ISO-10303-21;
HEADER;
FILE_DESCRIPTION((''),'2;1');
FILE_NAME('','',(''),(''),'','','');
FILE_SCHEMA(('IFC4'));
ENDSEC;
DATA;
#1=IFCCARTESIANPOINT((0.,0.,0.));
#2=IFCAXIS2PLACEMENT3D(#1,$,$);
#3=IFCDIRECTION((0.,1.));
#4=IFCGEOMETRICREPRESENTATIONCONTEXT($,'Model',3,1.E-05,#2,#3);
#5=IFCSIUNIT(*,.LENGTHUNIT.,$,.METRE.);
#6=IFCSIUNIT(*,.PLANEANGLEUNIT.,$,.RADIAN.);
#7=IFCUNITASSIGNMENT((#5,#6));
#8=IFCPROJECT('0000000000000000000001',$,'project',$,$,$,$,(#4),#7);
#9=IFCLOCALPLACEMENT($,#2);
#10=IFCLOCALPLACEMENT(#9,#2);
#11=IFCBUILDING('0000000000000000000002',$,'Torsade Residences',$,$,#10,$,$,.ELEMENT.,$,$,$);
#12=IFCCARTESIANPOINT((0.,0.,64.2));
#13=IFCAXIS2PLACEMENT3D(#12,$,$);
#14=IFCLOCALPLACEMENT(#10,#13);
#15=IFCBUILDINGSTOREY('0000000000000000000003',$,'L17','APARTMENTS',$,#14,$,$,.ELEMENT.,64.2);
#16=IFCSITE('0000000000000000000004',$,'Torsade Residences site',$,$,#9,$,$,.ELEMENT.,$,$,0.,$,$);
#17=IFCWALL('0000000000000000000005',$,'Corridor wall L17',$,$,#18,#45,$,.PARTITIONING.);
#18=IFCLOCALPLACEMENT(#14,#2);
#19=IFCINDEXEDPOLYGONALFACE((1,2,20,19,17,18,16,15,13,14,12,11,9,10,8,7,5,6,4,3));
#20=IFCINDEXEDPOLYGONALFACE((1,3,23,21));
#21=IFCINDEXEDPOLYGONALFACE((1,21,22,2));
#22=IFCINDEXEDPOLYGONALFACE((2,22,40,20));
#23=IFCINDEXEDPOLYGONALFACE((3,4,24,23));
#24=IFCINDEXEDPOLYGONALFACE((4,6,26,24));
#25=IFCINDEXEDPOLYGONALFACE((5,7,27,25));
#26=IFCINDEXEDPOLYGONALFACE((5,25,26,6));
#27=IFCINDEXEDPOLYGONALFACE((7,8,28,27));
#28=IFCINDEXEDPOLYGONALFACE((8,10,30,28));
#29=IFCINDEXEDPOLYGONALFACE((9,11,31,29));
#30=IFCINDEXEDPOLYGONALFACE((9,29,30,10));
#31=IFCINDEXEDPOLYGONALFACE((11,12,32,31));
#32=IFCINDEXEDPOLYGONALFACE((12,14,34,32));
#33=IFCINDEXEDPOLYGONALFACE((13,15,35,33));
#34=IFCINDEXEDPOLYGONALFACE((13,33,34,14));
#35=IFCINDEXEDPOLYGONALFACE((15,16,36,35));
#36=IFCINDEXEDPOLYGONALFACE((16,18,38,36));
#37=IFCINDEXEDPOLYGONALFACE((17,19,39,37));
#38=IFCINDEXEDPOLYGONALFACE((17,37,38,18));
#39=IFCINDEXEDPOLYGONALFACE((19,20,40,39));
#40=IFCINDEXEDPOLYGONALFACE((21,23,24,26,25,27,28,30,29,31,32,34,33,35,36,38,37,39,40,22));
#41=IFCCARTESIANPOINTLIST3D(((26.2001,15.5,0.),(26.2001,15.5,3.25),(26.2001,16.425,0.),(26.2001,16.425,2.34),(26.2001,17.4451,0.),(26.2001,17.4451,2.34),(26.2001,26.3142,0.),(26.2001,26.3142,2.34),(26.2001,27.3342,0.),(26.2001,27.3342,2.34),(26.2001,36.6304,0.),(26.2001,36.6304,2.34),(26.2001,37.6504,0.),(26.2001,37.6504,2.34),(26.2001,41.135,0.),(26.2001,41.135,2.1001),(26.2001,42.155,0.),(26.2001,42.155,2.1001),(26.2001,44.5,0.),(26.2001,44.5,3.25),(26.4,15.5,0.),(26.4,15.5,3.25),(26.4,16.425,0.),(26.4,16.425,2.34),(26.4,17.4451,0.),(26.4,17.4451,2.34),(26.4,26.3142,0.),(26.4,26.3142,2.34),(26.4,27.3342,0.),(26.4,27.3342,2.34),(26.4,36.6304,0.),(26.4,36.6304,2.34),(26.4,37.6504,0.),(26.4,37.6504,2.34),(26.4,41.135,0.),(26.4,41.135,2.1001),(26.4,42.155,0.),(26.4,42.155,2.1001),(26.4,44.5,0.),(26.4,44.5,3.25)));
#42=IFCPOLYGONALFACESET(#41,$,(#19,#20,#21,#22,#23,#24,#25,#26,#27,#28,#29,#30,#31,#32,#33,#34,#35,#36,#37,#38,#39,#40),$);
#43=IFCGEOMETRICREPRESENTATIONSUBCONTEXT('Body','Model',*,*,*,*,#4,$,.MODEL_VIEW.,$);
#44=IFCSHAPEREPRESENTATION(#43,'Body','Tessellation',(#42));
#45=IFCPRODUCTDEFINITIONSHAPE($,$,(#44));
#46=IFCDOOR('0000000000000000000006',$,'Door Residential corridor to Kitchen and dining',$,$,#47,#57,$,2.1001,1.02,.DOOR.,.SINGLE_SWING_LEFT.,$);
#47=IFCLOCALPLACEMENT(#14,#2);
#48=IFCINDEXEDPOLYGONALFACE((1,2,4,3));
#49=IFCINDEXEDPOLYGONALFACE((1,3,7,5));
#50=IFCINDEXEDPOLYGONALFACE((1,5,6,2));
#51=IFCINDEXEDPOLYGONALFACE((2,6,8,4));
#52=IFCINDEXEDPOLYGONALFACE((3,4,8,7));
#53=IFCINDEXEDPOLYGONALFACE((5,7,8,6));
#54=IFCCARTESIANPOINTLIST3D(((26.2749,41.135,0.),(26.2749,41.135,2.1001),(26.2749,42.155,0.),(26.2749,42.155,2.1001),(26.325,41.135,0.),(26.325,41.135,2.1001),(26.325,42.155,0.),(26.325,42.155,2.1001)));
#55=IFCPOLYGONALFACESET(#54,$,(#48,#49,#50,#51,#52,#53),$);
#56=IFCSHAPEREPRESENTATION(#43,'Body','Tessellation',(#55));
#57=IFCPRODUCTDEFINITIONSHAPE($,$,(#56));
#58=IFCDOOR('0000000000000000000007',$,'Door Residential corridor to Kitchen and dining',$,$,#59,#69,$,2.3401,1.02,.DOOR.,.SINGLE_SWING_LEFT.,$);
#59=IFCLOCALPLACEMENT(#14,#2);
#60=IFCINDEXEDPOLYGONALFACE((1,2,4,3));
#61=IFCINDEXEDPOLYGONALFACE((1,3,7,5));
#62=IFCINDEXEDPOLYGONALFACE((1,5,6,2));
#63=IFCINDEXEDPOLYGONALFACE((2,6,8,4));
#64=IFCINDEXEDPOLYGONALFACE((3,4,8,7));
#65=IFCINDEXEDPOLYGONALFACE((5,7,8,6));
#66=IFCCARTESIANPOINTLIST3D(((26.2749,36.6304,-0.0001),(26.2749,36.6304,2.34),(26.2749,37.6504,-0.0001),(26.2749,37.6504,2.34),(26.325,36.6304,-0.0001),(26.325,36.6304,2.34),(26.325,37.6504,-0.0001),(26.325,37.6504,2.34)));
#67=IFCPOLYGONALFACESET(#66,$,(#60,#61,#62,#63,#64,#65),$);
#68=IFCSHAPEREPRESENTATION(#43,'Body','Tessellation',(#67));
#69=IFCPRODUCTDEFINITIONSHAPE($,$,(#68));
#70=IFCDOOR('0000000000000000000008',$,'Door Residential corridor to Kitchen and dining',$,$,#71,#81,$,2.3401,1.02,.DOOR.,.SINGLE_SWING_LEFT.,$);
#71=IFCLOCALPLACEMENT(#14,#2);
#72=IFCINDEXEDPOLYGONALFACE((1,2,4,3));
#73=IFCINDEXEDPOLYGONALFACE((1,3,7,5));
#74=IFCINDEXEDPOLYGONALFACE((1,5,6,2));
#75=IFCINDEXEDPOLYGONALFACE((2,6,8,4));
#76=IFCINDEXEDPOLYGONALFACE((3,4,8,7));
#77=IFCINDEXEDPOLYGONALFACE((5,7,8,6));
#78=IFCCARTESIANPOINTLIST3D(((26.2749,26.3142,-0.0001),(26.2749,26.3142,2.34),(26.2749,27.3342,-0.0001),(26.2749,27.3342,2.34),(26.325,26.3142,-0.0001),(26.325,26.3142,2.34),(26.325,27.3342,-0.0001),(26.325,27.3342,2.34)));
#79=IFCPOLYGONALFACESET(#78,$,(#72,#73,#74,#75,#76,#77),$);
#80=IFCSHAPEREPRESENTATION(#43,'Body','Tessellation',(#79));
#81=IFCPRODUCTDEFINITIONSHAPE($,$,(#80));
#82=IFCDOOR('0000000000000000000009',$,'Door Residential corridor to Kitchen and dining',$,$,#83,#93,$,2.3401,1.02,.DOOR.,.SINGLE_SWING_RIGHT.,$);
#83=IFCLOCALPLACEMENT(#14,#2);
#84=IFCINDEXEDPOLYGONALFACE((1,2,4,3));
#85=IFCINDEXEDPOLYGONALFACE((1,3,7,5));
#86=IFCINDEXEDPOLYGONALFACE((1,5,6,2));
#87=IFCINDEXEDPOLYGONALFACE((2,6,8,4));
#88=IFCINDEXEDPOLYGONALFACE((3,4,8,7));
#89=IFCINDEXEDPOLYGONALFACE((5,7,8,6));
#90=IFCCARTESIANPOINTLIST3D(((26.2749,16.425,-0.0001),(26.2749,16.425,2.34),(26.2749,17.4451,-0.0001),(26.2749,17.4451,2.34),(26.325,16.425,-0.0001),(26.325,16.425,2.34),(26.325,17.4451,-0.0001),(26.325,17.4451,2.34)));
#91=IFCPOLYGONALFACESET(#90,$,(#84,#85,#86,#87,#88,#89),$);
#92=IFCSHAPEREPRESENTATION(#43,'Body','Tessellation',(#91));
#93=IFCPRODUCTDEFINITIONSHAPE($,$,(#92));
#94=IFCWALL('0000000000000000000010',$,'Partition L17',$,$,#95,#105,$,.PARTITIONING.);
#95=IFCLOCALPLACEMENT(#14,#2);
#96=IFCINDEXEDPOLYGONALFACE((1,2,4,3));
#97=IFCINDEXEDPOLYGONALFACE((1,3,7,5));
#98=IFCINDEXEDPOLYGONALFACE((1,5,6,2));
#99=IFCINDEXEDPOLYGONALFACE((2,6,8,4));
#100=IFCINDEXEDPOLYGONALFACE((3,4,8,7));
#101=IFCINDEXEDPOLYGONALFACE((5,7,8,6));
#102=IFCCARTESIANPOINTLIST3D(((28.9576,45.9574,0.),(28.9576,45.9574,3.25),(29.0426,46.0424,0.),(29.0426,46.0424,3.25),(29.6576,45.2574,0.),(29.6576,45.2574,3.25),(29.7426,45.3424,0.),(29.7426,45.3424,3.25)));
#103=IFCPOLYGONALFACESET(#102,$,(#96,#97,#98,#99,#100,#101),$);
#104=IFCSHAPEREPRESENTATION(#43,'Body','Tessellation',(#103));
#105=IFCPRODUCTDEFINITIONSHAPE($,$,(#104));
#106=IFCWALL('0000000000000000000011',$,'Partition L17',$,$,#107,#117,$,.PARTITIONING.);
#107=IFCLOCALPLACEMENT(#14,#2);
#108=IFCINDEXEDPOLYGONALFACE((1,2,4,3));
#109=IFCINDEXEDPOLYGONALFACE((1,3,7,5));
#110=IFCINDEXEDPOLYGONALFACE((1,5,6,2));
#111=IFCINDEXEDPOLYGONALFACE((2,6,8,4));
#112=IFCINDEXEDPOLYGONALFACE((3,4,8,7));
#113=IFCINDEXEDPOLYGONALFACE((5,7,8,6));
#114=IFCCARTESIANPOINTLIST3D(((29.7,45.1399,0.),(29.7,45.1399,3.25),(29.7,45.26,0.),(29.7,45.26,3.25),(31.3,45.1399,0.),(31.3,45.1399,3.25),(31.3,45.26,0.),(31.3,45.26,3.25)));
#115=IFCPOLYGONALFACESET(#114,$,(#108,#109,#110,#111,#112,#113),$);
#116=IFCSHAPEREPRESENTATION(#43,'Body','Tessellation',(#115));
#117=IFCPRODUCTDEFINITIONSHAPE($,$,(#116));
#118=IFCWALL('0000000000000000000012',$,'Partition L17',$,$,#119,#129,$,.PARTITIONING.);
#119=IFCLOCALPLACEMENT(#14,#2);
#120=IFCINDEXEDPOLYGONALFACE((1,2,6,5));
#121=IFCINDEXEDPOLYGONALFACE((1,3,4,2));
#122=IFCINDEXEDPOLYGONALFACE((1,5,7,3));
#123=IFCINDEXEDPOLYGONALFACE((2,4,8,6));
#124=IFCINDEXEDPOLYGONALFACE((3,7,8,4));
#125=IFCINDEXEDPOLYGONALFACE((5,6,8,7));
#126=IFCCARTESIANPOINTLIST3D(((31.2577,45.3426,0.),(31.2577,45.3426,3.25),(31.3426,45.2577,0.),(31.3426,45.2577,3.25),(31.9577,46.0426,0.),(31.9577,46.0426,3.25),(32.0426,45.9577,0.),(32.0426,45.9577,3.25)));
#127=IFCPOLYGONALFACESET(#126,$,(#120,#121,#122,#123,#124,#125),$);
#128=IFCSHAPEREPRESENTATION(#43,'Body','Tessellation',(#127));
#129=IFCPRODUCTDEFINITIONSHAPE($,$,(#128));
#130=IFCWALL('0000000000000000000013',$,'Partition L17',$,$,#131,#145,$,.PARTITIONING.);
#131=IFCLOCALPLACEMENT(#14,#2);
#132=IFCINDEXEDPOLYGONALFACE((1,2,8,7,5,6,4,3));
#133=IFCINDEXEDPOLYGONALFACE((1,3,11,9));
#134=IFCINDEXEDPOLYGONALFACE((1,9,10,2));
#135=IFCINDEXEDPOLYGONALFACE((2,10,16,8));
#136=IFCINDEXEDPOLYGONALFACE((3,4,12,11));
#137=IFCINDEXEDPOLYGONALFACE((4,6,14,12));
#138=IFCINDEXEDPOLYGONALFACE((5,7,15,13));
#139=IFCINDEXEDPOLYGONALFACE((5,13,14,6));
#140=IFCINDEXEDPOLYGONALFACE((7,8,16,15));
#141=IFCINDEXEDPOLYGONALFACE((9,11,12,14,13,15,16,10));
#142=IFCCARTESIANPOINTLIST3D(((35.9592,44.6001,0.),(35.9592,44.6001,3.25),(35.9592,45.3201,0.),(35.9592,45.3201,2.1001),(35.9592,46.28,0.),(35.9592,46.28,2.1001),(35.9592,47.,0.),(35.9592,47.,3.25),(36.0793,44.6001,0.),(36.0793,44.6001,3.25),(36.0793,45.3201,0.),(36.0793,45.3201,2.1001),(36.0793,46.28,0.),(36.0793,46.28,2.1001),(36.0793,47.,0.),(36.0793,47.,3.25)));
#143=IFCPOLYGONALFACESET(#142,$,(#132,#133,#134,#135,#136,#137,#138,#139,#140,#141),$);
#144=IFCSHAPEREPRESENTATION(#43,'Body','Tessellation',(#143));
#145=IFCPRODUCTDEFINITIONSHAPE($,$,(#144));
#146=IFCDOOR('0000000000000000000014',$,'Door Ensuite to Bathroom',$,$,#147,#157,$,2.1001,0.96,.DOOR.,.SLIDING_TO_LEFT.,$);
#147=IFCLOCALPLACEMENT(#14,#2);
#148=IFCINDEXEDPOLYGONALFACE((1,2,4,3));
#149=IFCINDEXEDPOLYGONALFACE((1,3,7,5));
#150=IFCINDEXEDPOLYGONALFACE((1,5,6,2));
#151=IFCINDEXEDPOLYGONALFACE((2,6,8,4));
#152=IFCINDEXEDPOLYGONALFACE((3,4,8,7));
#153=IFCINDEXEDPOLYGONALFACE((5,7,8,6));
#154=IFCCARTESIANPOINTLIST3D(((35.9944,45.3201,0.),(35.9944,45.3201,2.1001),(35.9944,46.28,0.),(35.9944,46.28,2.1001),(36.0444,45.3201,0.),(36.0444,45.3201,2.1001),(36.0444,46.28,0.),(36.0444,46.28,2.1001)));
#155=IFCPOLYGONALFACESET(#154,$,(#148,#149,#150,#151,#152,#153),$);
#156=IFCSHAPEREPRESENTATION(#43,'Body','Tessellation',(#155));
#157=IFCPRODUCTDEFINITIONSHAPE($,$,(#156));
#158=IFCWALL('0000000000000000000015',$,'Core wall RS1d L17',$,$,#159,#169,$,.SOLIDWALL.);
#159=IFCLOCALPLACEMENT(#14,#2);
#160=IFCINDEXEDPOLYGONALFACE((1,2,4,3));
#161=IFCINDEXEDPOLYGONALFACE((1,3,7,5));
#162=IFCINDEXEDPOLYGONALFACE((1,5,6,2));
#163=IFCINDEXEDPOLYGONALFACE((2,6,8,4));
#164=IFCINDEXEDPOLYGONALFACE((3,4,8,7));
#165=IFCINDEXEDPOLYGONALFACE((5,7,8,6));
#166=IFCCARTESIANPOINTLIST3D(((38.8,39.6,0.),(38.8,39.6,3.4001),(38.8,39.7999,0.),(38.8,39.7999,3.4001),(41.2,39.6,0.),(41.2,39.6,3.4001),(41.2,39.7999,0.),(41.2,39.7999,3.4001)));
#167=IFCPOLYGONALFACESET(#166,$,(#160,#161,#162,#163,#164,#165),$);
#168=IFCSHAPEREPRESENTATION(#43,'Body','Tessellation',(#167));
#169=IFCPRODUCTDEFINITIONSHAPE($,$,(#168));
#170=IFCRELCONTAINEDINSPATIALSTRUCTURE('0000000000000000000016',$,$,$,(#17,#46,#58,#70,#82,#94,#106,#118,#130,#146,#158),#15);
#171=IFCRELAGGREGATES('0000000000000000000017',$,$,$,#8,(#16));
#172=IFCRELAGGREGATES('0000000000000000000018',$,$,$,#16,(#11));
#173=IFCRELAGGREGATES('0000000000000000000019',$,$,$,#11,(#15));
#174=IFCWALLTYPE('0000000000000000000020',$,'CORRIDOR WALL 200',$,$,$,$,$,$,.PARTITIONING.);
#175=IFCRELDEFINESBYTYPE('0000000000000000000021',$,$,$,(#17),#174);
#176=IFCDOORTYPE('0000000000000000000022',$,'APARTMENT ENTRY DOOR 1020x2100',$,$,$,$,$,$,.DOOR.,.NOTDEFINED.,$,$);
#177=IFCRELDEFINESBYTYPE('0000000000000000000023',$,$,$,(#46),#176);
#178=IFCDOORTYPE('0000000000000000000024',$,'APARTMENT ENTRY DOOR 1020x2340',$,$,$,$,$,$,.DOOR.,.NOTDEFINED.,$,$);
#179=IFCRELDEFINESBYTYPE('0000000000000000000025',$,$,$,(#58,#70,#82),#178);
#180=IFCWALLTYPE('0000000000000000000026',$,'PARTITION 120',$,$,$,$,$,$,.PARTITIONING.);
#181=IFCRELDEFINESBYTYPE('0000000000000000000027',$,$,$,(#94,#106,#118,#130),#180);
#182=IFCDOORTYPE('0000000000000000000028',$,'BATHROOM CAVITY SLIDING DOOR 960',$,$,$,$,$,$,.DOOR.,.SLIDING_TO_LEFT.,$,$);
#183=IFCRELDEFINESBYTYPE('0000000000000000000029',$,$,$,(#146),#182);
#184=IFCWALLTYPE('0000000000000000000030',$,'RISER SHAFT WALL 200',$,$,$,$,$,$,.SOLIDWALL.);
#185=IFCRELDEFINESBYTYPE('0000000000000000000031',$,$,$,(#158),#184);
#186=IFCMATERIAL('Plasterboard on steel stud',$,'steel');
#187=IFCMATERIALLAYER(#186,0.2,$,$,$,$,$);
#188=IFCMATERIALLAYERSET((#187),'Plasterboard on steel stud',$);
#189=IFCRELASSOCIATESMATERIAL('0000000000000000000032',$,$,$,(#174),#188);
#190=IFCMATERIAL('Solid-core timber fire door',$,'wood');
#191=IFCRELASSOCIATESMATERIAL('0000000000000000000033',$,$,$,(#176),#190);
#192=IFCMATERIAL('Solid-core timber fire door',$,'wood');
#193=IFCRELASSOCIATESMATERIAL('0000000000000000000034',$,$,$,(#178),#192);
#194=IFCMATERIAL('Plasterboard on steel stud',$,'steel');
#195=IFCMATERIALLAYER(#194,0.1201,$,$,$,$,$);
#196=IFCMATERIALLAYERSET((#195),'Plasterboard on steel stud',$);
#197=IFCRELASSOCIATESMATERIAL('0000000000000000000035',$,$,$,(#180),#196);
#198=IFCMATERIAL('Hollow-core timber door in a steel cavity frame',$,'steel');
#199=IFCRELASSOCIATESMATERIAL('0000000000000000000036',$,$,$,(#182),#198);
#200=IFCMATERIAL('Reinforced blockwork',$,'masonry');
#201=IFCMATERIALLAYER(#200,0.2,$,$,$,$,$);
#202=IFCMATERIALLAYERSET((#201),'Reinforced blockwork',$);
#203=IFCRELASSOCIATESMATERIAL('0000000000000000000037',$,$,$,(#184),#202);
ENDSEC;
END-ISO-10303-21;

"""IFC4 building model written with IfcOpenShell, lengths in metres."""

from ifc_helpers import new_model, si_unit, direction, frame, frame_2d, origin, place, context, subcontext, project, spatial, rectangle, extrude, material, layer, layer_set, type_object, element, fill, save


model = new_model("IFC4")

# Units and contexts
model_context = context("Model", 3, precision=1e-05, world=origin(), true_north=direction((0.0, 1.0)))
body_context = subcontext(model_context, "Body", "Model", "MODEL_VIEW")
ifc_project = project(units=[si_unit("LENGTHUNIT", "METRE"), si_unit("PLANEANGLEUNIT", "RADIAN")], contexts=[model_context])

# Site, building, storey
site_placement = place(None, origin())
site = spatial("IfcSite", under=ifc_project, at=site_placement, Name="Torsade Residences site", CompositionType="ELEMENT", RefElevation=0.0)
building_placement = place(site_placement, origin())
building = spatial("IfcBuilding", under=site, at=building_placement, Name="Torsade Residences", CompositionType="ELEMENT")
storey_placement = place(building_placement, frame((0.0, 0.0, 64.2)))
storey = spatial("IfcBuildingStorey", under=building, at=storey_placement, Name="L17", Description="APARTMENTS", CompositionType="ELEMENT", Elevation=64.2)

# Wall, openings, doors
ifc_material_1 = material(Name="Plasterboard on steel stud", Category="steel")
ifc_layer_1 = layer(ifc_material_1, 0.2)
ifc_layer_set_1 = layer_set([ifc_layer_1], Name="Plasterboard on steel stud")
wall_type_1 = type_object("IfcWallType", Name="CORRIDOR WALL 200", PredefinedType="PARTITIONING", material=ifc_layer_set_1)
wall_1_placement = place(storey_placement, frame((26.3, 44.5, 0.0), z_axis=(0.0, 0.0, 1.0), x_axis=(0.0, -1.0, 0.0)))
wall_1 = element("IfcWall", 1, at=wall_1_placement, inside=storey, type_object=wall_type_1, Name="Corridor wall L17", PredefinedType="PARTITIONING", context=body_context, shape_type="SweptSolid", body=[
    extrude(rectangle(XDim=29.0, YDim=0.2, at=frame_2d((14.5, 0.0))), origin(), (0.0, 0.0, 1.0), 3.25),
])
opening_1_placement = place(wall_1_placement, frame((6.8496, 0.0, 0.0)))
opening_1 = element("IfcOpeningElement", 2, at=opening_1_placement, cuts=wall_1, PredefinedType="OPENING", context=body_context, shape_type="SweptSolid", body=[
    extrude(rectangle(XDim=1.02, YDim=2.3401, at=frame_2d((0.51, 1.1699))), frame((0.0, 0.1099, 0.0), z_axis=(0.0, -1.0, 0.0), x_axis=(1.0, 0.0, 0.0)), (0.0, 0.0, 1.0), 0.22),
])
opening_2_placement = place(wall_1_placement, frame((2.345, 0.0, 0.0)))
opening_2 = element("IfcOpeningElement", 3, at=opening_2_placement, cuts=wall_1, PredefinedType="OPENING", context=body_context, shape_type="SweptSolid", body=[
    extrude(rectangle(XDim=1.02, YDim=2.1001, at=frame_2d((0.51, 1.05))), frame((0.0, 0.1099, 0.0), z_axis=(0.0, -1.0, 0.0), x_axis=(1.0, 0.0, 0.0)), (0.0, 0.0, 1.0), 0.22),
])
opening_3_placement = place(wall_1_placement, frame((17.1658, 0.0, 0.0)))
opening_3 = element("IfcOpeningElement", 4, at=opening_3_placement, cuts=wall_1, PredefinedType="OPENING", context=body_context, shape_type="SweptSolid", body=[
    extrude(rectangle(XDim=1.02, YDim=2.3401, at=frame_2d((0.51, 1.1699))), frame((0.0, 0.1099, 0.0), z_axis=(0.0, -1.0, 0.0), x_axis=(1.0, 0.0, 0.0)), (0.0, 0.0, 1.0), 0.22),
])
opening_4_placement = place(wall_1_placement, frame((27.0549, 0.0, 0.0)))
opening_4 = element("IfcOpeningElement", 5, at=opening_4_placement, cuts=wall_1, PredefinedType="OPENING", context=body_context, shape_type="SweptSolid", body=[
    extrude(rectangle(XDim=1.02, YDim=2.3401, at=frame_2d((0.51, 1.1699))), frame((0.0, 0.1099, 0.0), z_axis=(0.0, -1.0, 0.0), x_axis=(1.0, 0.0, 0.0)), (0.0, 0.0, 1.0), 0.22),
])
ifc_material_2 = material(Name="Solid-core timber fire door", Category="wood")
door_type_1 = type_object("IfcDoorType", Name="APARTMENT ENTRY DOOR 1020x2100", OperationType="NOTDEFINED", PredefinedType="DOOR", material=ifc_material_2)
door_1_placement = place(opening_2_placement, origin())
door_1 = element("IfcDoor", 6, at=door_1_placement, inside=storey, type_object=door_type_1, Name="Door Residential corridor to Kitchen and dining", OperationType="SINGLE_SWING_LEFT", OverallHeight=2.1001, OverallWidth=1.02, PredefinedType="DOOR", context=body_context, shape_type="SweptSolid", body=[
    extrude(rectangle(XDim=1.02, YDim=2.1001, at=frame_2d((0.51, 1.05))), frame((0.0, 0.0249, 0.0), z_axis=(0.0, -1.0, 0.0), x_axis=(1.0, 0.0, 0.0)), (0.0, 0.0, 1.0), 0.05),
])
fill(opening_2, door_1)
ifc_material_3 = material(Name="Solid-core timber fire door", Category="wood")
door_type_2 = type_object("IfcDoorType", Name="APARTMENT ENTRY DOOR 1020x2340", OperationType="NOTDEFINED", PredefinedType="DOOR", material=ifc_material_3)
door_2_placement = place(opening_1_placement, origin())
door_2 = element("IfcDoor", 7, at=door_2_placement, inside=storey, type_object=door_type_2, Name="Door Residential corridor to Kitchen and dining", OperationType="SINGLE_SWING_LEFT", OverallHeight=2.3401, OverallWidth=1.02, PredefinedType="DOOR", context=body_context, shape_type="SweptSolid", body=[
    extrude(rectangle(XDim=1.02, YDim=2.3401, at=frame_2d((0.51, 1.1699))), frame((0.0, 0.0249, 0.0), z_axis=(0.0, -1.0, 0.0), x_axis=(1.0, 0.0, 0.0)), (0.0, 0.0, 1.0), 0.05),
])
fill(opening_1, door_2)
door_3_placement = place(opening_3_placement, origin())
door_3 = element("IfcDoor", 8, at=door_3_placement, inside=storey, type_object=door_type_2, Name="Door Residential corridor to Kitchen and dining", OperationType="SINGLE_SWING_LEFT", OverallHeight=2.3401, OverallWidth=1.02, PredefinedType="DOOR", context=body_context, shape_type="SweptSolid", body=[
    extrude(rectangle(XDim=1.02, YDim=2.3401, at=frame_2d((0.51, 1.1699))), frame((0.0, 0.0249, 0.0), z_axis=(0.0, -1.0, 0.0), x_axis=(1.0, 0.0, 0.0)), (0.0, 0.0, 1.0), 0.05),
])
fill(opening_3, door_3)
door_4_placement = place(opening_4_placement, origin())
door_4 = element("IfcDoor", 9, at=door_4_placement, inside=storey, type_object=door_type_2, Name="Door Residential corridor to Kitchen and dining", OperationType="SINGLE_SWING_RIGHT", OverallHeight=2.3401, OverallWidth=1.02, PredefinedType="DOOR", context=body_context, shape_type="SweptSolid", body=[
    extrude(rectangle(XDim=1.02, YDim=2.3401, at=frame_2d((0.51, 1.1699))), frame((0.0, 0.0249, 0.0), z_axis=(0.0, -1.0, 0.0), x_axis=(1.0, 0.0, 0.0)), (0.0, 0.0, 1.0), 0.05),
])
fill(opening_4, door_4)

# Walls
ifc_material_4 = material(Name="Plasterboard on steel stud", Category="steel")
ifc_layer_2 = layer(ifc_material_4, 0.1201)
ifc_layer_set_2 = layer_set([ifc_layer_2], Name="Plasterboard on steel stud")
wall_type_2 = type_object("IfcWallType", Name="PARTITION 120", PredefinedType="PARTITIONING", material=ifc_layer_set_2)
wall_2_placement = place(storey_placement, frame((29.0, 46.0, 0.0), z_axis=(0.0, 0.0, 1.0), x_axis=(0.707107, -0.707107, 0.0)))
element("IfcWall", 10, at=wall_2_placement, inside=storey, type_object=wall_type_2, Name="Partition L17", PredefinedType="PARTITIONING", context=body_context, shape_type="SweptSolid", body=[
    extrude(rectangle(XDim=0.99, YDim=0.1201, at=frame_2d((0.4951, 0.0))), origin(), (0.0, 0.0, 1.0), 3.25),
])
wall_3_placement = place(storey_placement, frame((29.7, 45.2, 0.0), z_axis=(0.0, 0.0, 1.0), x_axis=(1.0, 0.0, 0.0)))
element("IfcWall", 11, at=wall_3_placement, inside=storey, type_object=wall_type_2, Name="Partition L17", PredefinedType="PARTITIONING", context=body_context, shape_type="SweptSolid", body=[
    extrude(rectangle(XDim=1.6001, YDim=0.1201, at=frame_2d((0.8, 0.0))), origin(), (0.0, 0.0, 1.0), 3.25),
])
wall_4_placement = place(storey_placement, frame((31.3, 45.3, 0.0), z_axis=(0.0, 0.0, 1.0), x_axis=(0.707107, 0.707107, 0.0)))
element("IfcWall", 12, at=wall_4_placement, inside=storey, type_object=wall_type_2, Name="Partition L17", PredefinedType="PARTITIONING", context=body_context, shape_type="SweptSolid", body=[
    extrude(rectangle(XDim=0.99, YDim=0.1201, at=frame_2d((0.4951, 0.0))), origin(), (0.0, 0.0, 1.0), 3.25),
])

# Wall, opening, door
wall_5_placement = place(storey_placement, frame((36.0193, 44.6001, 0.0), z_axis=(0.0, 0.0, 1.0), x_axis=(0.0, 1.0, 0.0)))
wall_5 = element("IfcWall", 13, at=wall_5_placement, inside=storey, type_object=wall_type_2, Name="Partition L17", PredefinedType="PARTITIONING", context=body_context, shape_type="SweptSolid", body=[
    extrude(rectangle(XDim=2.3999, YDim=0.1201, at=frame_2d((1.2, 0.0))), origin(), (0.0, 0.0, 1.0), 3.25),
])
opening_5_placement = place(wall_5_placement, frame((0.72, 0.0, 0.0)))
opening_5 = element("IfcOpeningElement", 14, at=opening_5_placement, cuts=wall_5, PredefinedType="OPENING", context=body_context, shape_type="SweptSolid", body=[
    extrude(rectangle(XDim=0.96, YDim=2.1001, at=frame_2d((0.48, 1.05))), frame((0.0, 0.0701, 0.0), z_axis=(0.0, -1.0, 0.0), x_axis=(1.0, 0.0, 0.0)), (0.0, 0.0, 1.0), 0.1401),
])
ifc_material_5 = material(Name="Hollow-core timber door in a steel cavity frame", Category="steel")
door_type_3 = type_object("IfcDoorType", Name="BATHROOM CAVITY SLIDING DOOR 960", OperationType="SLIDING_TO_LEFT", PredefinedType="DOOR", material=ifc_material_5)
door_5_placement = place(opening_5_placement, origin())
door_5 = element("IfcDoor", 15, at=door_5_placement, inside=storey, type_object=door_type_3, Name="Door Ensuite to Bathroom", OperationType="SLIDING_TO_LEFT", OverallHeight=2.1001, OverallWidth=0.96, PredefinedType="DOOR", context=body_context, shape_type="SweptSolid", body=[
    extrude(rectangle(XDim=0.96, YDim=2.1001, at=frame_2d((0.48, 1.05))), frame((0.0, 0.0249, 0.0), z_axis=(0.0, -1.0, 0.0), x_axis=(1.0, 0.0, 0.0)), (0.0, 0.0, 1.0), 0.05),
])
fill(opening_5, door_5)

# Wall
ifc_material_6 = material(Name="Reinforced blockwork", Category="masonry")
ifc_layer_3 = layer(ifc_material_6, 0.2)
ifc_layer_set_3 = layer_set([ifc_layer_3], Name="Reinforced blockwork")
wall_type_3 = type_object("IfcWallType", Name="RISER SHAFT WALL 200", PredefinedType="SOLIDWALL", material=ifc_layer_set_3)
wall_6_placement = place(storey_placement, frame((38.8, 39.7, 0.0), z_axis=(0.0, 0.0, 1.0), x_axis=(1.0, 0.0, 0.0)))
element("IfcWall", 16, at=wall_6_placement, inside=storey, type_object=wall_type_3, Name="Core wall RS1d L17", PredefinedType="SOLIDWALL", context=body_context, shape_type="SweptSolid", body=[
    extrude(rectangle(XDim=2.3999, YDim=0.2, at=frame_2d((1.2, 0.0))), origin(), (0.0, 0.0, 1.0), 3.4001),
])

save(model, "model.ifc")
